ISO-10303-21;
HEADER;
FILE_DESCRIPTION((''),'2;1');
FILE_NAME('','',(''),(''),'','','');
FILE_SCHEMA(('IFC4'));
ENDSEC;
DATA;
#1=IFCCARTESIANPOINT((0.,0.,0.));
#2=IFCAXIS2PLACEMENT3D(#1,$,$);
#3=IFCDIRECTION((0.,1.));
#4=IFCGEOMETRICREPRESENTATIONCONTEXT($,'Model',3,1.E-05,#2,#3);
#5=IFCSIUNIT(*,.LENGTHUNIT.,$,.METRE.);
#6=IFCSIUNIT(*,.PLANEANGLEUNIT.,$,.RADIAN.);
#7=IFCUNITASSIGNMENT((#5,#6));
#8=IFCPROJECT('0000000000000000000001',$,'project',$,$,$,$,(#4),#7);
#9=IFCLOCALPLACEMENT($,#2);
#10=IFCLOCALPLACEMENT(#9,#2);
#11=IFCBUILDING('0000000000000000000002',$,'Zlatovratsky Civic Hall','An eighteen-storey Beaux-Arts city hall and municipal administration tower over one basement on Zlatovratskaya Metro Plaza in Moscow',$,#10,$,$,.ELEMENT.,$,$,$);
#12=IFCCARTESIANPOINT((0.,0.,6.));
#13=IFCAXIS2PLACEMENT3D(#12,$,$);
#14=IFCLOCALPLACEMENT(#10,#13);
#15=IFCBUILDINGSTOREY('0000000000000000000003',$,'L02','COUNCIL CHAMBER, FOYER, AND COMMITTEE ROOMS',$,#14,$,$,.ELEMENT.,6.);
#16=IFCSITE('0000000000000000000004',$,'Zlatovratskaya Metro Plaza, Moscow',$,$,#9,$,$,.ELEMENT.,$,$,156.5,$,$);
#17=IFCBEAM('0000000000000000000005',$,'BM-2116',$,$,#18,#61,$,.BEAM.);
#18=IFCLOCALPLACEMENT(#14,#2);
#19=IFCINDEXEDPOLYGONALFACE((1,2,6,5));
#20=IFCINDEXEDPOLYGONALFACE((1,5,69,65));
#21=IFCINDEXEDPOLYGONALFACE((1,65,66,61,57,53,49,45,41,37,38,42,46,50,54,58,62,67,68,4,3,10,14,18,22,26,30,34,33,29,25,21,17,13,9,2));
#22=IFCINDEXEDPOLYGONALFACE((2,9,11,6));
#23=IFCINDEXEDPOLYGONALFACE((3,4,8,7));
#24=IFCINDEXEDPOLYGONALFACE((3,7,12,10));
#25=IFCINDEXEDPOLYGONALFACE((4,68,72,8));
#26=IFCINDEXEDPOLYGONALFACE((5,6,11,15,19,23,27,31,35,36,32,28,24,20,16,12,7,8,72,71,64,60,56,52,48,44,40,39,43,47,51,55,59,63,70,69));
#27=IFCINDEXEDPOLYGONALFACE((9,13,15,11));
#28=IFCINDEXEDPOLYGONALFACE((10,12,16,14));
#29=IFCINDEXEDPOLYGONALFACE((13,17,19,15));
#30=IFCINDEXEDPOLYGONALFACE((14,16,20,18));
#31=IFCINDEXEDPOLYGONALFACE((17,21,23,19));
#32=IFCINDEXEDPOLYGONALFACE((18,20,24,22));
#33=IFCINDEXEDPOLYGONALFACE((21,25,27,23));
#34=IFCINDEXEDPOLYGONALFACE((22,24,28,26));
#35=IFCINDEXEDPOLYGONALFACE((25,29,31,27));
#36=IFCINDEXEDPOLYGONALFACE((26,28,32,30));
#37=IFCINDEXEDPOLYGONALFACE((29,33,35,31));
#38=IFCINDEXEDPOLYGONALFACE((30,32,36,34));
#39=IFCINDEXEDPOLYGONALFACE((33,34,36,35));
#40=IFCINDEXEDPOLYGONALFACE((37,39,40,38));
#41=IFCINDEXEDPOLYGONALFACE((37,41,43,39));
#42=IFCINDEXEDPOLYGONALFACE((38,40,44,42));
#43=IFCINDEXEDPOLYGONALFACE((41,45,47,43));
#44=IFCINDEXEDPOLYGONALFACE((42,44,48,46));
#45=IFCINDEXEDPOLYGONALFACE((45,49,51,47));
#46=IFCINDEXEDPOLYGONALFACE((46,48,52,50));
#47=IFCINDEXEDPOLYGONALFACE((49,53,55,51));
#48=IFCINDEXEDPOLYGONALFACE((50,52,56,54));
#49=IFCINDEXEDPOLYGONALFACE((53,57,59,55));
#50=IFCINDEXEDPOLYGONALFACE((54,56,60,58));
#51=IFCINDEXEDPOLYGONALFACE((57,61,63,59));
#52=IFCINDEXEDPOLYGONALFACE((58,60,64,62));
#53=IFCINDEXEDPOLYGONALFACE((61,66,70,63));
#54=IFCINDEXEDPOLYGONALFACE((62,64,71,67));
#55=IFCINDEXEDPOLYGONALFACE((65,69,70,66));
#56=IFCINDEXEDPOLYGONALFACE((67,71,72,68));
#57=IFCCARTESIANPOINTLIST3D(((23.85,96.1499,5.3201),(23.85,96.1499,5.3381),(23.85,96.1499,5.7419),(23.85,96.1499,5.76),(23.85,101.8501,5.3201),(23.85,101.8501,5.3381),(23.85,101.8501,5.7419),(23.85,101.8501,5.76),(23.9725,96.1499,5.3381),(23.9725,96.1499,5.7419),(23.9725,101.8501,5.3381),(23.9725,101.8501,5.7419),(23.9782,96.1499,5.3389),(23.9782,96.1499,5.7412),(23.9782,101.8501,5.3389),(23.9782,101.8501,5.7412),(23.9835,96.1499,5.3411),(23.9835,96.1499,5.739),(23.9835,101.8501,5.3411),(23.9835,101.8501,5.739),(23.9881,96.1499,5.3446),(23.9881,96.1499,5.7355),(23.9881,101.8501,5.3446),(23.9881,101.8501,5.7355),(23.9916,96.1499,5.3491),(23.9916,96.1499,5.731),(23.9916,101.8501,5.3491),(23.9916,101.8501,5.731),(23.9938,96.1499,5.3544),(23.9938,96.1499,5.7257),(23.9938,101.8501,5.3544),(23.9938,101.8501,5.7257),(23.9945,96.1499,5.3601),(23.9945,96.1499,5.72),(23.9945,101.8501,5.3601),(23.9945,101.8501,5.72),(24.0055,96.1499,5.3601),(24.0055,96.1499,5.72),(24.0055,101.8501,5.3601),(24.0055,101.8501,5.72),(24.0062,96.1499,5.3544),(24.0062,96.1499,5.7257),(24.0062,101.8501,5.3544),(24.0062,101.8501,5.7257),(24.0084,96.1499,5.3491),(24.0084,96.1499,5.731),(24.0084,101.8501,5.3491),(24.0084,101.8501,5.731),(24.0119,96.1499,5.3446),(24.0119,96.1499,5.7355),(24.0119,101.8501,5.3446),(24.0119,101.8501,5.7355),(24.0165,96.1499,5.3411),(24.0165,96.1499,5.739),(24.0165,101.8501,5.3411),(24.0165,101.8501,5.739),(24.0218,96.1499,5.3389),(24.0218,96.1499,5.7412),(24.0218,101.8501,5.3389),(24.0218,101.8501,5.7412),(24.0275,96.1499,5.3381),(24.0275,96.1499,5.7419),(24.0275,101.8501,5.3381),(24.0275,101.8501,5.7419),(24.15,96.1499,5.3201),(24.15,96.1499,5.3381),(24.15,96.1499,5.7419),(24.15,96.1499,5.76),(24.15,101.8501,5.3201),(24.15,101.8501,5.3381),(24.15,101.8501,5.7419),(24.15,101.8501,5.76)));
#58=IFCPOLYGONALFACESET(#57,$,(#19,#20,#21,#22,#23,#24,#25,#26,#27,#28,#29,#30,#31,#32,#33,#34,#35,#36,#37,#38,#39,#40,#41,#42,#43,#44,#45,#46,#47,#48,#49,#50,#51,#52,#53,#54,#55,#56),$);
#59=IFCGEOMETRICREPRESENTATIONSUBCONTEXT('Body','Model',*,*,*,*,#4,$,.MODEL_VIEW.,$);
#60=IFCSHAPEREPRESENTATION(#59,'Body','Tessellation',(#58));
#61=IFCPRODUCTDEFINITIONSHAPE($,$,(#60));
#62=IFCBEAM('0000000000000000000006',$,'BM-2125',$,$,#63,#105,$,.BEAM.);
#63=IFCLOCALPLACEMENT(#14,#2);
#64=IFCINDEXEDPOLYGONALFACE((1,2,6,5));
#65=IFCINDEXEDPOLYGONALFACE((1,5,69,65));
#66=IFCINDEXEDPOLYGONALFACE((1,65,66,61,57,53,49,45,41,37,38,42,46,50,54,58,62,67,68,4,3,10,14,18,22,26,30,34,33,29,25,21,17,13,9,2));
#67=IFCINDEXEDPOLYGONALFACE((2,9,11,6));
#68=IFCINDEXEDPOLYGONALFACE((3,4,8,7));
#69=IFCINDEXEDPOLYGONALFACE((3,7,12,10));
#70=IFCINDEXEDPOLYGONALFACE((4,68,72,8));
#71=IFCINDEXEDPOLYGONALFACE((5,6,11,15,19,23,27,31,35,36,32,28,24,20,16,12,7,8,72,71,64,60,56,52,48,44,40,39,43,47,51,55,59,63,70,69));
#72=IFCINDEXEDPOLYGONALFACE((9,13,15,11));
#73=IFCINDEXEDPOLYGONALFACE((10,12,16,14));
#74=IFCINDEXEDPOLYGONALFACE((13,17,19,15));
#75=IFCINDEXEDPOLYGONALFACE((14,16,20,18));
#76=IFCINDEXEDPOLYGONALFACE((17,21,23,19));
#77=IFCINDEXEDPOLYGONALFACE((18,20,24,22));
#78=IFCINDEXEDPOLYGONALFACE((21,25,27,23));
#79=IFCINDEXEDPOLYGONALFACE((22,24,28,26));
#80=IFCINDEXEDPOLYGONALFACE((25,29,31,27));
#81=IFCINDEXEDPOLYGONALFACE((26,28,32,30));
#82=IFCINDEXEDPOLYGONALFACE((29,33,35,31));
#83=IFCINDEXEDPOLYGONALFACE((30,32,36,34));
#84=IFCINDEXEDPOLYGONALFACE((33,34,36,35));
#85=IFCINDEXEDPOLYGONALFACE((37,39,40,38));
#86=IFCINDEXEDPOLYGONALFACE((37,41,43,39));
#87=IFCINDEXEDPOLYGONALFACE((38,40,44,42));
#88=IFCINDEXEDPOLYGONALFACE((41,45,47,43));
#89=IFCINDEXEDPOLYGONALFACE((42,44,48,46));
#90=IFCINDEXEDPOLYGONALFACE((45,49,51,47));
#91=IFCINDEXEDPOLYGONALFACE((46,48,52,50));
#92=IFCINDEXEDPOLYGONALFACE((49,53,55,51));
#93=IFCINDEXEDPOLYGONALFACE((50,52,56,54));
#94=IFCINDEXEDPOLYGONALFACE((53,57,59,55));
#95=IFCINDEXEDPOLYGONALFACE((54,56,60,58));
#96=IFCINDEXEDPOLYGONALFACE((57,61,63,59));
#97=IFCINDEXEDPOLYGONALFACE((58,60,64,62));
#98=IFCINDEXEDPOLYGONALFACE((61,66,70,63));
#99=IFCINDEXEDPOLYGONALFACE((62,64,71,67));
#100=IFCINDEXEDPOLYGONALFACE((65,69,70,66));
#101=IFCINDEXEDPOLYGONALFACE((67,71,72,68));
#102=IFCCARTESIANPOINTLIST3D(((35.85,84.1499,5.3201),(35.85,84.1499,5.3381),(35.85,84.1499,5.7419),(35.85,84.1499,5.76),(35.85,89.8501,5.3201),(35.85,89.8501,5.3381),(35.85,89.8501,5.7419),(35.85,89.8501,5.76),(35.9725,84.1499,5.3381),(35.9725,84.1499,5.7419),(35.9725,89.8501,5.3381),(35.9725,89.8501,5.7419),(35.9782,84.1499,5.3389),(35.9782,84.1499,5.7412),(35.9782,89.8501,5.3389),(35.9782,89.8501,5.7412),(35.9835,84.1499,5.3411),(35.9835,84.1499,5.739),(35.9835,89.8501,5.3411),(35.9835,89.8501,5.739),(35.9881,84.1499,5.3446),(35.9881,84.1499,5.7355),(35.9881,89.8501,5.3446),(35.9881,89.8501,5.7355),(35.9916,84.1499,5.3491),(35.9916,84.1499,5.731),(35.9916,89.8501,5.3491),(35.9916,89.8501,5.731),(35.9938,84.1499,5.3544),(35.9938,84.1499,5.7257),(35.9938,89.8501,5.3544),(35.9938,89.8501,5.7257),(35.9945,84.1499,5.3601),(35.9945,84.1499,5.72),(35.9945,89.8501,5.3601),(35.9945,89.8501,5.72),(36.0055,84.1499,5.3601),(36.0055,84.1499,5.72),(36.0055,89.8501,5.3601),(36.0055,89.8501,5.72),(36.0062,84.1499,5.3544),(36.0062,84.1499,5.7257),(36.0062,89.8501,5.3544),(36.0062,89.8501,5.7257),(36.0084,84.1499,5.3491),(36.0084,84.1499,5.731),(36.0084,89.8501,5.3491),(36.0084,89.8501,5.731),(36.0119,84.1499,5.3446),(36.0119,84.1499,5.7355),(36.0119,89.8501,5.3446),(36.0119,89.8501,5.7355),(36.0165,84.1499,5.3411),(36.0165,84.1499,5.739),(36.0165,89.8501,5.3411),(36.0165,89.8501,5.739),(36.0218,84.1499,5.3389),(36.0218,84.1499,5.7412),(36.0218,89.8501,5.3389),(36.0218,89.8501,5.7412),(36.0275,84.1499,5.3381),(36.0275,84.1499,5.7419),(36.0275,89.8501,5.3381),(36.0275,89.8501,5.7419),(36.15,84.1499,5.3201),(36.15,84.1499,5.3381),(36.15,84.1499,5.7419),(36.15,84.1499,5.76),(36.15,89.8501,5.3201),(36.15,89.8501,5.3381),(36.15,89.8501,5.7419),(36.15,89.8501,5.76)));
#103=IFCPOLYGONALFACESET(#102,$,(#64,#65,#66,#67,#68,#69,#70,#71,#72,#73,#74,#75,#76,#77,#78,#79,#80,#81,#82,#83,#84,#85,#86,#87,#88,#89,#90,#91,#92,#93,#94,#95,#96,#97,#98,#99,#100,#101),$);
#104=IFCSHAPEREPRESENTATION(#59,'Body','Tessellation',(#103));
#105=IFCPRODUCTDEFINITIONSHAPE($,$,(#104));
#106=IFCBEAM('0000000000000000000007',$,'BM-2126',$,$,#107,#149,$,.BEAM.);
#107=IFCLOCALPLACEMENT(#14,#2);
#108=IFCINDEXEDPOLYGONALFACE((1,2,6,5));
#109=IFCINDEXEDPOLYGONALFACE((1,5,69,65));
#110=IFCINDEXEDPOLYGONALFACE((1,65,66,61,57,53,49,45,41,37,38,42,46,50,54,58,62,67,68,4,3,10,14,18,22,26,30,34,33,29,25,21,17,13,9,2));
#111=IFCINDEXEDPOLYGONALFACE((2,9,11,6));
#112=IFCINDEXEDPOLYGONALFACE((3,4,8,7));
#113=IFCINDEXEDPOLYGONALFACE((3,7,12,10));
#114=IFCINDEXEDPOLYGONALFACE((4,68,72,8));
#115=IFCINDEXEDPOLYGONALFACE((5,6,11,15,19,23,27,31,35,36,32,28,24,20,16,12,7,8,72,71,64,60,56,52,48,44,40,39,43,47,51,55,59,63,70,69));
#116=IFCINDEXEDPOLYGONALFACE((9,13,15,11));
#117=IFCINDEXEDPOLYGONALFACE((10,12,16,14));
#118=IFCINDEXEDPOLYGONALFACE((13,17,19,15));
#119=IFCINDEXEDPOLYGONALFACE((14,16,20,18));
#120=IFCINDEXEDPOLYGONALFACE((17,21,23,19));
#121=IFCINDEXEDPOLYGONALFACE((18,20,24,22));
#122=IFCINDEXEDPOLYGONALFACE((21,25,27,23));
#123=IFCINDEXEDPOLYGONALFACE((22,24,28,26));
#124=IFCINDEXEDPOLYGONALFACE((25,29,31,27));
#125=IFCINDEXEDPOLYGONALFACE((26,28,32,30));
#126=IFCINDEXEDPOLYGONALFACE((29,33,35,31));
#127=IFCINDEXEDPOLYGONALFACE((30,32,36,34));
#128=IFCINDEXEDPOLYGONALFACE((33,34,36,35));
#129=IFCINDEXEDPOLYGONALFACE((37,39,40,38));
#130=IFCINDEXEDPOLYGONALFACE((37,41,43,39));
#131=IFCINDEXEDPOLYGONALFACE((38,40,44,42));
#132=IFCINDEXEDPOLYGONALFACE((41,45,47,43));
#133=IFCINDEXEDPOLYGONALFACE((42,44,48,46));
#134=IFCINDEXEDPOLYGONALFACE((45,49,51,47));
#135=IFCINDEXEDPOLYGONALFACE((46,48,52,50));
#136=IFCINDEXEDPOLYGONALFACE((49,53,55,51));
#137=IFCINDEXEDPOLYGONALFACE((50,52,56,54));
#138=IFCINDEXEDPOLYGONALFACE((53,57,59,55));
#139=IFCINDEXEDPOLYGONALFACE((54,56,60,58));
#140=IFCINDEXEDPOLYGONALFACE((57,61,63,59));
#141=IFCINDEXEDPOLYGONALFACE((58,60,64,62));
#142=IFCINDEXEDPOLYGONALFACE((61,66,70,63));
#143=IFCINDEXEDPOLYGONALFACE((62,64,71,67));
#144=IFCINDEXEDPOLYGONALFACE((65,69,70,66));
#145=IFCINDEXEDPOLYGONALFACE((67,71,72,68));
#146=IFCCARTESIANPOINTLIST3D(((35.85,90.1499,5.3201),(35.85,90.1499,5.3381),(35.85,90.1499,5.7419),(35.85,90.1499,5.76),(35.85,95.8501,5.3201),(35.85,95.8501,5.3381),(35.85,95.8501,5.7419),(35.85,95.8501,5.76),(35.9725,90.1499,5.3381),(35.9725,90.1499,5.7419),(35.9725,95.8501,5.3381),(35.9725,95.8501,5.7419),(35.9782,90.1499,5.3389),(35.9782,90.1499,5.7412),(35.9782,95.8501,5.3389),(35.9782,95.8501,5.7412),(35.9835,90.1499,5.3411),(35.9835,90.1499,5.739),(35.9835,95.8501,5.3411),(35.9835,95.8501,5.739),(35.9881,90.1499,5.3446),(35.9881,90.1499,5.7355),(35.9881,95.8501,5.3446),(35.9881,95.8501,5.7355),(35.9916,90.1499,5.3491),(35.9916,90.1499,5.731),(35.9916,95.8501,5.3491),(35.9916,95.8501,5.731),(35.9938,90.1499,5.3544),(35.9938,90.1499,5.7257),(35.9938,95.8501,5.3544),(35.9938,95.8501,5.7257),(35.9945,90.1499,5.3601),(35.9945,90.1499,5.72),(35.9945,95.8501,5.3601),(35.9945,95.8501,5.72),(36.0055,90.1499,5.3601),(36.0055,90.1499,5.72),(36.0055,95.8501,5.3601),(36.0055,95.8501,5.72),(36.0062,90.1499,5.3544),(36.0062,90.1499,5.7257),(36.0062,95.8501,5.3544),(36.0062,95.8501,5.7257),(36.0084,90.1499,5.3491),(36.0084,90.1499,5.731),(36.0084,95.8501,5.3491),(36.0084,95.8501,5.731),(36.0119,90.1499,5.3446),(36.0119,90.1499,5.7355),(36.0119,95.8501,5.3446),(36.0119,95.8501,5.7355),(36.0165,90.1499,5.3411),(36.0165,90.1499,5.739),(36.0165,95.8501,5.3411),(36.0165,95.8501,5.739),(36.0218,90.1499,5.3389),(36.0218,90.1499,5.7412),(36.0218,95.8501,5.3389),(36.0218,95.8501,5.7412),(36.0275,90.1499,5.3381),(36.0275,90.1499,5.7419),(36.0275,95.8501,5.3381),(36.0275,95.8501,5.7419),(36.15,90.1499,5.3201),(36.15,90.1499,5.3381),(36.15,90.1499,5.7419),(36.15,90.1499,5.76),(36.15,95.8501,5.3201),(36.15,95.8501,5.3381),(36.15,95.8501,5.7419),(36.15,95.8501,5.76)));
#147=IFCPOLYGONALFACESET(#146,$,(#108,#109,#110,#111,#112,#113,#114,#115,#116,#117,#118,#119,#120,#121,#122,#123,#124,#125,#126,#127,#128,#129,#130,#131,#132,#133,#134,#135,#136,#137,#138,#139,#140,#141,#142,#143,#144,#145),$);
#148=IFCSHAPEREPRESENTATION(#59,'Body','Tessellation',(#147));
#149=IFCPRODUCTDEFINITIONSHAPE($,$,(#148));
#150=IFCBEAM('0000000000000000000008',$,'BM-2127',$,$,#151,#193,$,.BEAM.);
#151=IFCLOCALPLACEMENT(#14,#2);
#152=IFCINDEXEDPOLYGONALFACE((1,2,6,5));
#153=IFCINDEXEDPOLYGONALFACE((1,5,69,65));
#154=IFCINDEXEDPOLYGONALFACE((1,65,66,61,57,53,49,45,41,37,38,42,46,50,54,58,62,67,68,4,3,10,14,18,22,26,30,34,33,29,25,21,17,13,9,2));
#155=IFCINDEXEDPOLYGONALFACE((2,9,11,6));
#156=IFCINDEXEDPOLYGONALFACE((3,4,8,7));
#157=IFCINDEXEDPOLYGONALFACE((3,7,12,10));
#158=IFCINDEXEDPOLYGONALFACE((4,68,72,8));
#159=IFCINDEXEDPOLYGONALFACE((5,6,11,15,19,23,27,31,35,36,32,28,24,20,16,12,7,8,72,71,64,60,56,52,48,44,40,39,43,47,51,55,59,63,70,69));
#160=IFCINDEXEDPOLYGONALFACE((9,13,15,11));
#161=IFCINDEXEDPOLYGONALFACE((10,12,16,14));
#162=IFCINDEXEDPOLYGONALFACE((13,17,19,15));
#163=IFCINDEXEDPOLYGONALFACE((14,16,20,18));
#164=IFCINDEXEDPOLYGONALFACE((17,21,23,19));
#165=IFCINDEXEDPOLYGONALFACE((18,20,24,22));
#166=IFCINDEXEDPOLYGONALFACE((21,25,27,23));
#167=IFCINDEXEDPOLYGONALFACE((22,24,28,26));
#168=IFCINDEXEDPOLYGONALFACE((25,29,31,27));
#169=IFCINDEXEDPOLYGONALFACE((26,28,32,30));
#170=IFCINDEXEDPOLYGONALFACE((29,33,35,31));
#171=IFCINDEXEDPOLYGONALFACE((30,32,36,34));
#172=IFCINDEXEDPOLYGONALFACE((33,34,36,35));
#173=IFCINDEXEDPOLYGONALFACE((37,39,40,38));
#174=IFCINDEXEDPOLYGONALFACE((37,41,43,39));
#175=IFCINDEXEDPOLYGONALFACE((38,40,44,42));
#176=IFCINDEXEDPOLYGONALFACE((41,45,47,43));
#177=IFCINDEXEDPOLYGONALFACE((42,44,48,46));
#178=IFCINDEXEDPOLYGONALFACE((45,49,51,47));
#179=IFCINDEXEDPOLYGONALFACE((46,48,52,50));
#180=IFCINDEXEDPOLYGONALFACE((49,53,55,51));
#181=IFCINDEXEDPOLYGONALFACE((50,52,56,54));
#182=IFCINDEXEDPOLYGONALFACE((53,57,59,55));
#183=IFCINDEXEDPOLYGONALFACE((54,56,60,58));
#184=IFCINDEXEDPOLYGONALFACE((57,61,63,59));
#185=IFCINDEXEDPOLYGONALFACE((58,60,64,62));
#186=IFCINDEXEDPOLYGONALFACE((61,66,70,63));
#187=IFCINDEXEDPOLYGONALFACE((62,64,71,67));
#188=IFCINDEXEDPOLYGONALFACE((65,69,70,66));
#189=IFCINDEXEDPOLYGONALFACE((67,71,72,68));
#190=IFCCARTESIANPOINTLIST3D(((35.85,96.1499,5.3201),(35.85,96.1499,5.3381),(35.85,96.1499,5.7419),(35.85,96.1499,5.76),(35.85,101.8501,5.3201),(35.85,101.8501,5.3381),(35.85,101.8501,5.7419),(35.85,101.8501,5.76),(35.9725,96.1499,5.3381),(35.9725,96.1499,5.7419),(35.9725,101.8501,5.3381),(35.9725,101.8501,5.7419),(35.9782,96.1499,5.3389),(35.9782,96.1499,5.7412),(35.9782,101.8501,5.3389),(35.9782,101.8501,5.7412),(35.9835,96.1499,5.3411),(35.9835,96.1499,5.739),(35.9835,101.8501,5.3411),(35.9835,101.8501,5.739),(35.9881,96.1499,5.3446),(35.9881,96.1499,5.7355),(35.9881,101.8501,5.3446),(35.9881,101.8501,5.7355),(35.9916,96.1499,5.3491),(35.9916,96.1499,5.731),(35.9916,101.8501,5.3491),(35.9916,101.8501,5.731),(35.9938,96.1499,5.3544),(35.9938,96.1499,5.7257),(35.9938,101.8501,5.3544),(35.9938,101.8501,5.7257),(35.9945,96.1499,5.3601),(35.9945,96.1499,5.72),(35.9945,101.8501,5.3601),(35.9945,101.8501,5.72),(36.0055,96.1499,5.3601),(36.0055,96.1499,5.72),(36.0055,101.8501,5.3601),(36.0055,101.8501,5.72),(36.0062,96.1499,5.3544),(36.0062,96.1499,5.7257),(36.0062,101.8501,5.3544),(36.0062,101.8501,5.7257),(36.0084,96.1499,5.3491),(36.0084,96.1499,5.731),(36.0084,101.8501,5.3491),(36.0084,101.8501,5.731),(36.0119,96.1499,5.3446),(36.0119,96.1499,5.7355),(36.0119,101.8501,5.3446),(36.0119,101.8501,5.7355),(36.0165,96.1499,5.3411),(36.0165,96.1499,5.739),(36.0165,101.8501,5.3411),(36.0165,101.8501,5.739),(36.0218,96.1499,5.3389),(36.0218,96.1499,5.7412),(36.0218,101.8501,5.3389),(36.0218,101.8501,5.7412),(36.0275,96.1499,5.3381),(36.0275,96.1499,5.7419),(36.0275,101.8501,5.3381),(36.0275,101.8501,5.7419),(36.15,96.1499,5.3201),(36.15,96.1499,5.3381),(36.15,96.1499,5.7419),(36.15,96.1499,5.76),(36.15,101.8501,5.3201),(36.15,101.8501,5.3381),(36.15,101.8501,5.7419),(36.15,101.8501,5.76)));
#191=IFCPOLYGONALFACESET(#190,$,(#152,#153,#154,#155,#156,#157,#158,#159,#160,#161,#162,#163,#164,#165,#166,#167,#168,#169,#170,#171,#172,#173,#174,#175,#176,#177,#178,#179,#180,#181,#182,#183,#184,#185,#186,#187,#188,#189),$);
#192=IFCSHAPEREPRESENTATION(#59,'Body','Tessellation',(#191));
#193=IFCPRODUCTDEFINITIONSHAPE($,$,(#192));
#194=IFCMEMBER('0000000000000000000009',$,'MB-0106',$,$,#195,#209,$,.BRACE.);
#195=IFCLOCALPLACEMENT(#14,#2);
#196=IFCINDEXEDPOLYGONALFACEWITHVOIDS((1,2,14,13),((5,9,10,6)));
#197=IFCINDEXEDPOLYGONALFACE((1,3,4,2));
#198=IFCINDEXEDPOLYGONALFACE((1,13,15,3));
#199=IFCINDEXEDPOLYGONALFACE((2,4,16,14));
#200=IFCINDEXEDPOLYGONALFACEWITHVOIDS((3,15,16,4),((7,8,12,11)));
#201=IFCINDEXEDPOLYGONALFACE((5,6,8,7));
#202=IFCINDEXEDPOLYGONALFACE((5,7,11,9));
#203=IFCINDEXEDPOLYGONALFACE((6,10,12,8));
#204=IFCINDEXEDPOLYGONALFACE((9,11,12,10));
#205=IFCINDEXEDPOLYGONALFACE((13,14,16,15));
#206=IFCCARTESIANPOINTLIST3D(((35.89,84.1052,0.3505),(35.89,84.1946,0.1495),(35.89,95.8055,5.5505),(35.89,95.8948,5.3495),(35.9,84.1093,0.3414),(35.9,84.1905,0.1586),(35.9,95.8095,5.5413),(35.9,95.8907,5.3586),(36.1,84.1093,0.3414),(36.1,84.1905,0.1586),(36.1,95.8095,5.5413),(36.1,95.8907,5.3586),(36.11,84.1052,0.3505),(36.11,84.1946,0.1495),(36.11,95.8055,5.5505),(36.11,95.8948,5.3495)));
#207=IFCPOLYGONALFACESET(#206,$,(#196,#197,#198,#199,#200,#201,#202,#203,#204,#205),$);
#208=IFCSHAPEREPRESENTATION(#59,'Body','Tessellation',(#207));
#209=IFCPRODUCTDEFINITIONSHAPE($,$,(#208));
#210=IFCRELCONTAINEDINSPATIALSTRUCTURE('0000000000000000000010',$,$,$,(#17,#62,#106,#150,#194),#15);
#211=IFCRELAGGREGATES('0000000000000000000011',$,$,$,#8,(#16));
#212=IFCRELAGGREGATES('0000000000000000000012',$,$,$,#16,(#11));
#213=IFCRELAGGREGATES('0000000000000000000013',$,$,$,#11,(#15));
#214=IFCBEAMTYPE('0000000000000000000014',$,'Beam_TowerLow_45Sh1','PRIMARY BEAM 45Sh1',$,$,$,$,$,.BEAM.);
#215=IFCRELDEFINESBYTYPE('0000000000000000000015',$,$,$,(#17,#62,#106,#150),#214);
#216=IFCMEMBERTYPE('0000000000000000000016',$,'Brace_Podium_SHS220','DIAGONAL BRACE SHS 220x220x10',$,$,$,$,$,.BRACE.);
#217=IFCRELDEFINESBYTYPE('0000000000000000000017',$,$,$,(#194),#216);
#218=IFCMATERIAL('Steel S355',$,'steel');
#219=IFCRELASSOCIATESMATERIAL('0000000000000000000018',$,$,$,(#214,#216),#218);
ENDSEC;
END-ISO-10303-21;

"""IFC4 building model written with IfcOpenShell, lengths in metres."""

from ifc_helpers import new_model, si_unit, direction, frame, origin, origin_2d, place, context, subcontext, project, spatial, hollow_rectangle, i_section, extrude, material, material_profile, profile_set, type_object, element, save


model = new_model("IFC4")

# Units and contexts
model_context = context("Model", 3, precision=1e-05, world=origin(), true_north=direction((0.0, 1.0)))
body_context = subcontext(model_context, "Body", "Model", "MODEL_VIEW")
ifc_project = project(units=[si_unit("LENGTHUNIT", "METRE"), si_unit("PLANEANGLEUNIT", "RADIAN")], contexts=[model_context])

# Site, building, storey
site_placement = place(None, origin())
site = spatial("IfcSite", under=ifc_project, at=site_placement, Name="Zlatovratskaya Metro Plaza, Moscow", CompositionType="ELEMENT", RefElevation=156.5)
building_placement = place(site_placement, origin())
building = spatial("IfcBuilding", under=site, at=building_placement, Name="Zlatovratsky Civic Hall", Description="An eighteen-storey Beaux-Arts city hall and municipal administration tower over one basement on Zlatovratskaya Metro Plaza in Moscow", CompositionType="ELEMENT")
storey_placement = place(building_placement, frame((0.0, 0.0, 6.0)))
storey = spatial("IfcBuildingStorey", under=building, at=storey_placement, Name="L02", Description="COUNCIL CHAMBER, FOYER, AND COMMITTEE ROOMS", CompositionType="ELEMENT", Elevation=6.0)

# Shared definitions
ifc_material_1 = material(Name="Steel S355", Category="steel")

# Beams
ifc_material_profile_1 = material_profile(ifc_material_1, i_section(OverallWidth=0.3, OverallDepth=0.4399, WebThickness=0.011, FlangeThickness=0.0181, FilletRadius=0.022, at=origin_2d()), Name="45Sh1")
ifc_profile_set_1 = profile_set([ifc_material_profile_1], Name="Steel S355")
beam_type_1 = type_object("IfcBeamType", Name="Beam_TowerLow_45Sh1", Description="PRIMARY BEAM 45Sh1", PredefinedType="BEAM", material=ifc_profile_set_1)
for number, where, z_axis, x_axis, name in (
    (1, (24.0, 96.1499, 5.54), (0.0, 1.0, 0.0), (-1.0, 0.0, 0.0), "BM-2116"),
    (2, (36.0, 84.1499, 5.54), (0.0, 1.0, 0.0), (-1.0, 0.0, 0.0), "BM-2125"),
    (3, (36.0, 90.1499, 5.54), (0.0, 1.0, 0.0), (-1.0, 0.0, 0.0), "BM-2126"),
    (4, (36.0, 96.1499, 5.54), (0.0, 1.0, 0.0), (-1.0, 0.0, 0.0), "BM-2127"),
):
    element("IfcBeam", number, at=place(storey_placement, frame(where, z_axis=z_axis, x_axis=x_axis)), inside=storey, type_object=beam_type_1, Name=name, PredefinedType="BEAM", context=body_context, shape_type="SweptSolid", body=[
        extrude(i_section(OverallWidth=0.3, OverallDepth=0.4399, WebThickness=0.011, FlangeThickness=0.0181, FilletRadius=0.022, at=origin_2d()), origin(), (0.0, 0.0, 1.0), 5.7002),
    ])

# Member
ifc_material_profile_2 = material_profile(ifc_material_1, hollow_rectangle(XDim=0.22, YDim=0.22, WallThickness=0.01, at=origin_2d()), Name="SHS 220x220x10")
ifc_profile_set_2 = profile_set([ifc_material_profile_2], Name="Steel S355")
member_type = type_object("IfcMemberType", Name="Brace_Podium_SHS220", Description="DIAGONAL BRACE SHS 220x220x10", PredefinedType="BRACE", material=ifc_profile_set_2)
member_placement = place(storey_placement, frame((36.0, 84.1499, 0.25), z_axis=(0.0, 0.913815, 0.40613), x_axis=(-1.0, 0.0, 0.0)))
element("IfcMember", 5, at=member_placement, inside=storey, type_object=member_type, Name="MB-0106", PredefinedType="BRACE", context=body_context, shape_type="SweptSolid", body=[
    extrude(hollow_rectangle(XDim=0.22, YDim=0.22, WallThickness=0.01, at=origin_2d()), origin(), (0.0, 0.0, 1.0), 12.8037),
])

save(model, "model.ifc")
